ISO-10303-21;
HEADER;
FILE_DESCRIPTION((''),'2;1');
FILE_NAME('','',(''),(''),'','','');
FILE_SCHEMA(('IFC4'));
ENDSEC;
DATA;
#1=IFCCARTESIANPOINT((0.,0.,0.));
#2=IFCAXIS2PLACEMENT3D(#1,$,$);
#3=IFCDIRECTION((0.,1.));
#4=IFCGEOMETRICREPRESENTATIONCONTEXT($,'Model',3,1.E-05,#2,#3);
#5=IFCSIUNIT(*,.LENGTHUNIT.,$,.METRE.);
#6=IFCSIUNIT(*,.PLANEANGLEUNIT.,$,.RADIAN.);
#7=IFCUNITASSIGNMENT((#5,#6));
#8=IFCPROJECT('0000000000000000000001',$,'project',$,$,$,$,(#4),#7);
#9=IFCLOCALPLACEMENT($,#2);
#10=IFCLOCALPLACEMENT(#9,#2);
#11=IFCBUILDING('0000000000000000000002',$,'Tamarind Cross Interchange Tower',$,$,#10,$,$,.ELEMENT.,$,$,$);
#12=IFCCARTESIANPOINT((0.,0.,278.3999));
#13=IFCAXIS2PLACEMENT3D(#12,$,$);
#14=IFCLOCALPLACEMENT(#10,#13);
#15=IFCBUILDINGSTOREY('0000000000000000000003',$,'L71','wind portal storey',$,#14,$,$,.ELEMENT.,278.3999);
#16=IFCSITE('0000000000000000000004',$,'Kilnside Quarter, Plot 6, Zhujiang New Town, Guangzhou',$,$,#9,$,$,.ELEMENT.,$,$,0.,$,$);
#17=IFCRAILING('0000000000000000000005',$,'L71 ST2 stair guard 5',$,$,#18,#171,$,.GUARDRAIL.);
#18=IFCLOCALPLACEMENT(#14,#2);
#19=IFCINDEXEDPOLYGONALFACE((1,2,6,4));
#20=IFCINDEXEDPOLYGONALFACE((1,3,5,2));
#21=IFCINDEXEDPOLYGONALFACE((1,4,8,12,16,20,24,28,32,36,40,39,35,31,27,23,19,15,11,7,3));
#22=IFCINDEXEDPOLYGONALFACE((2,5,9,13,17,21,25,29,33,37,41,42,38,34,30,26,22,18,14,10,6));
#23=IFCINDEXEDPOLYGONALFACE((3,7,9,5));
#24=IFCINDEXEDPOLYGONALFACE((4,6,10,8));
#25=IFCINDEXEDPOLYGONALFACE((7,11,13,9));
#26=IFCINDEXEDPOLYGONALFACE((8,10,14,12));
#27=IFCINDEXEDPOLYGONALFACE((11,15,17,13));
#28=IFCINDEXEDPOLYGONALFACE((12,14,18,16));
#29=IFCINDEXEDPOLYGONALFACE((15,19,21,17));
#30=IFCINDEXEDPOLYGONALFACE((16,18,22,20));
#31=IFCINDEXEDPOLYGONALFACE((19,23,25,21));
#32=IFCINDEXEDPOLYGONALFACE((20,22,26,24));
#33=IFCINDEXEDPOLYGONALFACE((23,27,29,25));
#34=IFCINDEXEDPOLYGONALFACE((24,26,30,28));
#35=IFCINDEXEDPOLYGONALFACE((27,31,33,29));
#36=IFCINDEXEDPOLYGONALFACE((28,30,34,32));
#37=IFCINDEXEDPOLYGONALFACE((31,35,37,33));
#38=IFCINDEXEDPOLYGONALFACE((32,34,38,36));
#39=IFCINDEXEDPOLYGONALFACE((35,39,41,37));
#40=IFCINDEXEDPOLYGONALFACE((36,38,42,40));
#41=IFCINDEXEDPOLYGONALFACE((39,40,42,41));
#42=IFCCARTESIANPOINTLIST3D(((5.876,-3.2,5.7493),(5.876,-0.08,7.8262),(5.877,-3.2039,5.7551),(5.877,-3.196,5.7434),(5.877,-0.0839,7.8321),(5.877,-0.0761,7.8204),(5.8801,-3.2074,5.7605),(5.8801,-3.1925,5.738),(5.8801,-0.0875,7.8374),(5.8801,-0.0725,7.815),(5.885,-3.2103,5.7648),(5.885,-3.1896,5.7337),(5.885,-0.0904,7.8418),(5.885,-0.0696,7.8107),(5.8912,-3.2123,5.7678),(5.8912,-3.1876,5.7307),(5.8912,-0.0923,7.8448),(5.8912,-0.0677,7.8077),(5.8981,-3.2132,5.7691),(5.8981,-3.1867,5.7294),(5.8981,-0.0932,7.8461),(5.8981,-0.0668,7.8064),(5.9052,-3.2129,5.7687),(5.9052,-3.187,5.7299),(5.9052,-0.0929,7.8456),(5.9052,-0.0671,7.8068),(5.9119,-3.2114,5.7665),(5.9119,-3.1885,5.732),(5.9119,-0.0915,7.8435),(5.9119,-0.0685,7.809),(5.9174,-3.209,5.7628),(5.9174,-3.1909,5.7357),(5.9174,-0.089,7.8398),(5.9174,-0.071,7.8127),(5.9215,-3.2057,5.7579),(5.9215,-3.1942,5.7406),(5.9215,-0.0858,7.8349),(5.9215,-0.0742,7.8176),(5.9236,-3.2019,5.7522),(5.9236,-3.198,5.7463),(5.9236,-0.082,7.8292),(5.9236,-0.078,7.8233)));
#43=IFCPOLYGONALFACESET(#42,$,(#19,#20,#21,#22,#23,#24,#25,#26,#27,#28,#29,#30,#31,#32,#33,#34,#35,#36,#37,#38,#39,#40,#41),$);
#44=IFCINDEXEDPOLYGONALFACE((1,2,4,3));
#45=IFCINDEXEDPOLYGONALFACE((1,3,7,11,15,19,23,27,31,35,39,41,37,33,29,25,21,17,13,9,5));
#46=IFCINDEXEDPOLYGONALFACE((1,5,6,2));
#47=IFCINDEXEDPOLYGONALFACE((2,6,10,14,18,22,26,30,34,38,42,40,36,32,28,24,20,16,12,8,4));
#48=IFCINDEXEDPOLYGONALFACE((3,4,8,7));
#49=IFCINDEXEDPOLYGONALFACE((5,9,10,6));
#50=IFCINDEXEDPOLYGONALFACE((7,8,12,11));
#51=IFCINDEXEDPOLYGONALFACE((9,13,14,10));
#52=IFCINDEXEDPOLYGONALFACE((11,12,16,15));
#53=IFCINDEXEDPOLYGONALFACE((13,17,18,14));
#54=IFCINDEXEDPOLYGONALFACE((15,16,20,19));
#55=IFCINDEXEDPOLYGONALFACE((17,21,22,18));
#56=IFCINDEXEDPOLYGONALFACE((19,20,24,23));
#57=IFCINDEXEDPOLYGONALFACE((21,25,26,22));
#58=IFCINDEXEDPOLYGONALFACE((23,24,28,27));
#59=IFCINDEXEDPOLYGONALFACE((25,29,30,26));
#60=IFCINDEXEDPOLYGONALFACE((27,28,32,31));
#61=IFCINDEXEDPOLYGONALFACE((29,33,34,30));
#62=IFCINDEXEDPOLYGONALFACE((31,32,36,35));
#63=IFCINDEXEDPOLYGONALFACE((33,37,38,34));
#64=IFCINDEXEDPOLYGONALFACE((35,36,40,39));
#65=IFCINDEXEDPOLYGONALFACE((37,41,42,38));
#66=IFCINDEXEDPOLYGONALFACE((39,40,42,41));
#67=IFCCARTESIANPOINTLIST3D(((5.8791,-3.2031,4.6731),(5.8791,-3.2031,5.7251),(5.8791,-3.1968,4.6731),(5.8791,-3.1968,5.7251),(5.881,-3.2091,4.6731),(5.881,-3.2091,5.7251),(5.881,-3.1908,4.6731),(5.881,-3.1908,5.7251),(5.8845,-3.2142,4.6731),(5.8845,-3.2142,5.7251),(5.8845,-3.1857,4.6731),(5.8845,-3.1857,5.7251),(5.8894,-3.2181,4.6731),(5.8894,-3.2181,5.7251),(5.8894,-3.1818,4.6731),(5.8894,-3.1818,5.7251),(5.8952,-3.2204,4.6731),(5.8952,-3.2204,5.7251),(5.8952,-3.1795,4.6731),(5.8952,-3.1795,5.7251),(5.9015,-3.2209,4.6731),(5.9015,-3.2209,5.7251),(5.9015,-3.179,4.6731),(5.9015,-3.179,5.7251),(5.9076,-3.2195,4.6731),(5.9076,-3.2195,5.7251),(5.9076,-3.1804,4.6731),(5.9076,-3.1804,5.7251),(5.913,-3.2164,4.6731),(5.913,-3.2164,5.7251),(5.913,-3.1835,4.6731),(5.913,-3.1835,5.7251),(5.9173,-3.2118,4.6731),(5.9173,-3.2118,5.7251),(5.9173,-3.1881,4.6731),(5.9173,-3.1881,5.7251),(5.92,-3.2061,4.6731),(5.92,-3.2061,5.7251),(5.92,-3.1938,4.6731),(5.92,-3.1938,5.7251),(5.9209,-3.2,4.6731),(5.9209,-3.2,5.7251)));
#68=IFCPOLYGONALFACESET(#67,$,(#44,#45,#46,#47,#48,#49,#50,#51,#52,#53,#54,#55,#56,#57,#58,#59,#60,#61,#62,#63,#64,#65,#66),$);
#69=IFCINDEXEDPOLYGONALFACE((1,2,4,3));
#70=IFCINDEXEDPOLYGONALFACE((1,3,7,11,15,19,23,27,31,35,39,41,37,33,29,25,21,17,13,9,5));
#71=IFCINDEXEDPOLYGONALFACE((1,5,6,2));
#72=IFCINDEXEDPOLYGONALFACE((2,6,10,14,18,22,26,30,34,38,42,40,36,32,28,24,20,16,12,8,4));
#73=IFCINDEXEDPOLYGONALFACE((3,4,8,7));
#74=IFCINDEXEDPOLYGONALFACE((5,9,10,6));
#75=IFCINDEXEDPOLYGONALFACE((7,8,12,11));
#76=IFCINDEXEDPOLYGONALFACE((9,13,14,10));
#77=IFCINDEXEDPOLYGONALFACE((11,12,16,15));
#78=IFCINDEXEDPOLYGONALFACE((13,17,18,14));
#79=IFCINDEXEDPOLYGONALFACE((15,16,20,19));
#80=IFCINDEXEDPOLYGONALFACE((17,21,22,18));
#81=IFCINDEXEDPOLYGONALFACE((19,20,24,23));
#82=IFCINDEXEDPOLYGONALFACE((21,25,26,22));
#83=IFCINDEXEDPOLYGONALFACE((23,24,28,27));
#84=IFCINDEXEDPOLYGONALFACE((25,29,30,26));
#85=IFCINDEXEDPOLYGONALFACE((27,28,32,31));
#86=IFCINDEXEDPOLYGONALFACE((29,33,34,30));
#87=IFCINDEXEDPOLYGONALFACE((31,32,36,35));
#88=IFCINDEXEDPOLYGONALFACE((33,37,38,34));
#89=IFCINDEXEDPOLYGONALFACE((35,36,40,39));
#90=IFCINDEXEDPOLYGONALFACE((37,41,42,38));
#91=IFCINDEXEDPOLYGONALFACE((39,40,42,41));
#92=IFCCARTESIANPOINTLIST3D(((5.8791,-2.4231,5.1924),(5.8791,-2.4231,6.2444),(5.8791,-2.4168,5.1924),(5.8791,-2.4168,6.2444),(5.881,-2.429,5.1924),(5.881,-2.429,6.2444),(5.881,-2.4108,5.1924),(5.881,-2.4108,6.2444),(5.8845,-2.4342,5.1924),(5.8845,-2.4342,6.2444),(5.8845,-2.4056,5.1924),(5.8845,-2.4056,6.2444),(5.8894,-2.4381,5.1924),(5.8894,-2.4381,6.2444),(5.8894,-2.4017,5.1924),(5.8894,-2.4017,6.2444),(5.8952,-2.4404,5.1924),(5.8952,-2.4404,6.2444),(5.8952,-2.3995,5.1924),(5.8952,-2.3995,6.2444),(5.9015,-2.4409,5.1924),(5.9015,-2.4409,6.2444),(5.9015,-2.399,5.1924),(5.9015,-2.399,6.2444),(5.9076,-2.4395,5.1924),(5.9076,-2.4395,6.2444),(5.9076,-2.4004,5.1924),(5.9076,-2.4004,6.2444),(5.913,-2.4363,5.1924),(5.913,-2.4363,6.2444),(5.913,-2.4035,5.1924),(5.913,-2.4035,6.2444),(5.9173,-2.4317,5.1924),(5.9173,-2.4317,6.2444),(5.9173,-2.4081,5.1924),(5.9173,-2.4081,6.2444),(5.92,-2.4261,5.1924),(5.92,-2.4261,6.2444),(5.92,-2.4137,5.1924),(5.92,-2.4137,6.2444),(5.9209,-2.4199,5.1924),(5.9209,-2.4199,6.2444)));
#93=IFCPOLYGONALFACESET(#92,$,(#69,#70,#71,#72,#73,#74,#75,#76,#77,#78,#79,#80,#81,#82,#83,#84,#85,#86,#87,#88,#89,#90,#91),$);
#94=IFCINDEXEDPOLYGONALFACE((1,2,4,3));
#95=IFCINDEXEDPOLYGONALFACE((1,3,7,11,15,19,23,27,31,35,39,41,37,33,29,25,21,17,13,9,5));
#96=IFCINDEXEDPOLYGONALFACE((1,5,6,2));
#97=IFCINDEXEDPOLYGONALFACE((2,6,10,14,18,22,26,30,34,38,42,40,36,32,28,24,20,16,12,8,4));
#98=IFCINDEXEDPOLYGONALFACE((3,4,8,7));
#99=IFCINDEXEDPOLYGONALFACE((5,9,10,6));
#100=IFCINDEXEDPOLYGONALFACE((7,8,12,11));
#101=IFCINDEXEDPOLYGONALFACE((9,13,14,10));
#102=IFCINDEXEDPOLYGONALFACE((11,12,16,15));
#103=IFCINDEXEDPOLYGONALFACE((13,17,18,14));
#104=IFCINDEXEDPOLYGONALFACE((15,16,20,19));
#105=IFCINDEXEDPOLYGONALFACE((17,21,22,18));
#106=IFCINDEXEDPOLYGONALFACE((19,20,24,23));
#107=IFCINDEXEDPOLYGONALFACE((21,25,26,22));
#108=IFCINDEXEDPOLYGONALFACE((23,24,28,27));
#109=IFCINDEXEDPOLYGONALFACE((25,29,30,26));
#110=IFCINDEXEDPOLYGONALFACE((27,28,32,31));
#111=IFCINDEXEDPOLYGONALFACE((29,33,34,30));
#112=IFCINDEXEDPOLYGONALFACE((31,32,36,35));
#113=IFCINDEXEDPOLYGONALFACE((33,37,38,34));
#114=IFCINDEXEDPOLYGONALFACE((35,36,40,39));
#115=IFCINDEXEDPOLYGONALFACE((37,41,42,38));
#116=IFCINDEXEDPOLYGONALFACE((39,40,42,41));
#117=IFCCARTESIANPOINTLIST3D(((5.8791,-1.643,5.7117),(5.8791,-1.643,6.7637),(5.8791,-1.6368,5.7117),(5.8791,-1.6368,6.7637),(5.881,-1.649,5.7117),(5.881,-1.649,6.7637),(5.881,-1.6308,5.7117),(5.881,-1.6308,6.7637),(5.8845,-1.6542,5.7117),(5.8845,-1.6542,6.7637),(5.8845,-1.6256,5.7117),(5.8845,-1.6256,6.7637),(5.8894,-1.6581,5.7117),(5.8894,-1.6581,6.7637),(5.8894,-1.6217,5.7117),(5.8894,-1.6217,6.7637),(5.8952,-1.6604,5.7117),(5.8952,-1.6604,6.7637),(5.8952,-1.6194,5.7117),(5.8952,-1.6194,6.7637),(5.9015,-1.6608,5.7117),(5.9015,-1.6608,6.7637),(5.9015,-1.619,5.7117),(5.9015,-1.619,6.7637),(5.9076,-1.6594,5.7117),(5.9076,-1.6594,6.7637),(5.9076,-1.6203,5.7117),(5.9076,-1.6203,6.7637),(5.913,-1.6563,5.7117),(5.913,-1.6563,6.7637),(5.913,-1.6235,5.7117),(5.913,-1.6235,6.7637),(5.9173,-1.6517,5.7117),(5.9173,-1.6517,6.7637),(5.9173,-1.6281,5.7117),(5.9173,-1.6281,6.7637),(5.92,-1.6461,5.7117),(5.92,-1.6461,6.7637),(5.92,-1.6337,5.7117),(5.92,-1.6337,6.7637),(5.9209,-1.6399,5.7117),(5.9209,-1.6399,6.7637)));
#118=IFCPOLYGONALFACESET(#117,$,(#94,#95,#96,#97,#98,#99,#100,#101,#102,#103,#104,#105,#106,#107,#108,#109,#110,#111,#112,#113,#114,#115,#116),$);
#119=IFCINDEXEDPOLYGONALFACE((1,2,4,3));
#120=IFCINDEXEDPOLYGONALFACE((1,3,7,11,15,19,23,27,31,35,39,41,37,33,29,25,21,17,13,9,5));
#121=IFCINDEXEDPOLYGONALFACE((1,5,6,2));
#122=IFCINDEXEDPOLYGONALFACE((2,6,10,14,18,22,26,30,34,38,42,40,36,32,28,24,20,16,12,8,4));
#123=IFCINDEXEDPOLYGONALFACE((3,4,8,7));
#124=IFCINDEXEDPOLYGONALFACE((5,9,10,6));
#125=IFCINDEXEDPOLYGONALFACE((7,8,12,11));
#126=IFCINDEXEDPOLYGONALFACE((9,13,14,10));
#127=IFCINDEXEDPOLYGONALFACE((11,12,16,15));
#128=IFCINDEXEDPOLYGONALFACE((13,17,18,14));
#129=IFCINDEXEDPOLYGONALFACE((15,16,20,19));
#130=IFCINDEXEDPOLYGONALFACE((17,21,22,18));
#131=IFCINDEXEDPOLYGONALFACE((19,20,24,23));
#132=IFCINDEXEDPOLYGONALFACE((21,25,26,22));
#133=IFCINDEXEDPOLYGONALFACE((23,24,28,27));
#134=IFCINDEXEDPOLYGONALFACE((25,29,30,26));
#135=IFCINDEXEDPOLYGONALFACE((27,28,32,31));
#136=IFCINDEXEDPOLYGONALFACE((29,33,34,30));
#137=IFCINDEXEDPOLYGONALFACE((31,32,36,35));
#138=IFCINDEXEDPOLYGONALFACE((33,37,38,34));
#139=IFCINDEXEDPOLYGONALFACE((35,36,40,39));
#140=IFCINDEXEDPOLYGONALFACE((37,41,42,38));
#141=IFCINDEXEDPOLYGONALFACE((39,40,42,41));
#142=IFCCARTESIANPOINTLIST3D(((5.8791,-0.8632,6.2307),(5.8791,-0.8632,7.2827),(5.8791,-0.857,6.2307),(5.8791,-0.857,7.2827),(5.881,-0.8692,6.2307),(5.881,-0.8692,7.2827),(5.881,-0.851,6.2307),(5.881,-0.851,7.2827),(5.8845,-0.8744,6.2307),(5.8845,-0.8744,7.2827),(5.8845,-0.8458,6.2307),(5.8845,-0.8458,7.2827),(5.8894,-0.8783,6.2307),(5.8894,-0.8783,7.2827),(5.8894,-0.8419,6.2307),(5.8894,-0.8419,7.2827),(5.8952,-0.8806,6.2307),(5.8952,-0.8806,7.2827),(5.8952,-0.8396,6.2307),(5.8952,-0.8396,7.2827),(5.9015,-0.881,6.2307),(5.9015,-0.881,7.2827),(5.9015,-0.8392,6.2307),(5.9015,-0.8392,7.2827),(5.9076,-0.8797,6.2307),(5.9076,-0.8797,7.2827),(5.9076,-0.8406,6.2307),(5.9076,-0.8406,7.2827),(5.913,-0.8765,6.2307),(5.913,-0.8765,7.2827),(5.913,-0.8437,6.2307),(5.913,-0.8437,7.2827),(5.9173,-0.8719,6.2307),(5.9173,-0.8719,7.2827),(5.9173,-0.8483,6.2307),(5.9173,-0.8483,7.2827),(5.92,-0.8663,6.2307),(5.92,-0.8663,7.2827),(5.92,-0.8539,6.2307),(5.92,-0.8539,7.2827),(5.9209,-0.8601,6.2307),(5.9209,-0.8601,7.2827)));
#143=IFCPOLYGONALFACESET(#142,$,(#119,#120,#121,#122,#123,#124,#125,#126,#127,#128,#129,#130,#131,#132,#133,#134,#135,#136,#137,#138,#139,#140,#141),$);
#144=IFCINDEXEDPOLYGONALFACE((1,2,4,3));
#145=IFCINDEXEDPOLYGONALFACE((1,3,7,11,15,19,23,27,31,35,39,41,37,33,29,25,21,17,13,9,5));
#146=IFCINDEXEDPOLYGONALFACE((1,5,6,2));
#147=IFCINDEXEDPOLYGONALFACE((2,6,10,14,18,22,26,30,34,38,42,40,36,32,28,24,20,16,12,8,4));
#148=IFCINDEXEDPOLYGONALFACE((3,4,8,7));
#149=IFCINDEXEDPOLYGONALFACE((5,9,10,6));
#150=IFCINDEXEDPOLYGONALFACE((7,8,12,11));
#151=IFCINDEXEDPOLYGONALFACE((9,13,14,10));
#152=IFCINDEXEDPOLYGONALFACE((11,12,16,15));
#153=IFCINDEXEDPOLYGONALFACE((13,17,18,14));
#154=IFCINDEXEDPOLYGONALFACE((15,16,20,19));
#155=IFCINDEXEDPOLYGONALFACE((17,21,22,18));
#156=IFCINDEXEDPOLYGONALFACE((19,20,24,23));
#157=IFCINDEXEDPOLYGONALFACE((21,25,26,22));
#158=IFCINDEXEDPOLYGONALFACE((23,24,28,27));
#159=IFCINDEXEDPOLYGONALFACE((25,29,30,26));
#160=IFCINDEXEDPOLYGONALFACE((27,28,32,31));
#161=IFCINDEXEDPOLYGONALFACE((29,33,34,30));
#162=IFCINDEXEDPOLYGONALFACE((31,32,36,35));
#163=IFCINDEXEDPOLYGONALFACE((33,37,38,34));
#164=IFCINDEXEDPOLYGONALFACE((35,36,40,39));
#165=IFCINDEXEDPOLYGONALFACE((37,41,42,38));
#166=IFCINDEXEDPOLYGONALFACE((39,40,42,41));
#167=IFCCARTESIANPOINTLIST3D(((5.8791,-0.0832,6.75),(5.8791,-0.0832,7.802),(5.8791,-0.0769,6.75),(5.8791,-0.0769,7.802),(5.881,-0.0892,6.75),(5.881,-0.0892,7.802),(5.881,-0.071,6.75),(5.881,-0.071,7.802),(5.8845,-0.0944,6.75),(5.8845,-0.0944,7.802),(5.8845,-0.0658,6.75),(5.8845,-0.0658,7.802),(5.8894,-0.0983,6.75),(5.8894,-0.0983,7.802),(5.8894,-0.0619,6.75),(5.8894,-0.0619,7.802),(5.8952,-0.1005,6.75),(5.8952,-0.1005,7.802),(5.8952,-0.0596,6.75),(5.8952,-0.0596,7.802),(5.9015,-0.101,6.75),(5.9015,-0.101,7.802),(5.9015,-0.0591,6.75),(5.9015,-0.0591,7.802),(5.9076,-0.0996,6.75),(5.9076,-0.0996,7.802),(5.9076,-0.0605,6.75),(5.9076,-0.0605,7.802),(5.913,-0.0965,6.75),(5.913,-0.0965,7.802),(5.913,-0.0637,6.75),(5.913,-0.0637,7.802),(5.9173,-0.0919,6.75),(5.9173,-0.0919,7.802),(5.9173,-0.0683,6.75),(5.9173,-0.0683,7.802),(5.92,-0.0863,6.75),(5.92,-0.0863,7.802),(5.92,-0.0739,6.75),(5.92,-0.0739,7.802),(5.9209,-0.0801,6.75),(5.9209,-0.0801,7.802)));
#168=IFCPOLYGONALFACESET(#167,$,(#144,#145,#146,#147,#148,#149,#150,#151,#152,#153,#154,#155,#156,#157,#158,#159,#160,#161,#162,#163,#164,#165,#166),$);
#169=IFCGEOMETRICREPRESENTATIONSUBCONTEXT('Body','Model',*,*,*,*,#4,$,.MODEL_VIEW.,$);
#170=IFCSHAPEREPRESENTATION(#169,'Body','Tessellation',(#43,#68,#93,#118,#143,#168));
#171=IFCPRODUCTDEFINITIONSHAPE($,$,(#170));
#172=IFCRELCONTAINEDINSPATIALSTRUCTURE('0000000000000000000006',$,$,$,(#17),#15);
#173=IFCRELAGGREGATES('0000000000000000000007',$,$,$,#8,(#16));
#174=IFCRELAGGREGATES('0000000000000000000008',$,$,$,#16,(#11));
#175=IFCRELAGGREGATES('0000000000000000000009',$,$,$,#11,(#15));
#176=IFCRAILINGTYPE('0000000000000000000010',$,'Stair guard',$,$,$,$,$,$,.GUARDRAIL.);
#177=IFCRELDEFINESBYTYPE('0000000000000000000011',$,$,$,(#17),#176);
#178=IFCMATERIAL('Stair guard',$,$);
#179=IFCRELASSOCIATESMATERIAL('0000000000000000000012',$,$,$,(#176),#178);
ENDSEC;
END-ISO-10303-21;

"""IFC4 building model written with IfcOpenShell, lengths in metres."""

from ifc_helpers import new_model, si_unit, direction, frame, origin, origin_2d, place, context, subcontext, project, spatial, circle, extrude, material, type_object, element, save


model = new_model("IFC4")

# Units and contexts
model_context = context("Model", 3, precision=1e-05, world=origin(), true_north=direction((0.0, 1.0)))
body_context = subcontext(model_context, "Body", "Model", "MODEL_VIEW")
ifc_project = project(units=[si_unit("LENGTHUNIT", "METRE"), si_unit("PLANEANGLEUNIT", "RADIAN")], contexts=[model_context])

# Site, building, storey
site_placement = place(None, origin())
site = spatial("IfcSite", under=ifc_project, at=site_placement, Name="Kilnside Quarter, Plot 6, Zhujiang New Town, Guangzhou", CompositionType="ELEMENT", RefElevation=0.0)
building_placement = place(site_placement, origin())
building = spatial("IfcBuilding", under=site, at=building_placement, Name="Tamarind Cross Interchange Tower", CompositionType="ELEMENT")
storey_placement = place(building_placement, frame((0.0, 0.0, 278.3999)))
storey = spatial("IfcBuildingStorey", under=building, at=storey_placement, Name="L71", Description="wind portal storey", CompositionType="ELEMENT", Elevation=278.3999)

# Railing
ifc_material_1 = material(Name="Stair guard")
railing_type_1 = type_object("IfcRailingType", Name="Stair guard", PredefinedType="GUARDRAIL", material=ifc_material_1)
railing_1_placement = place(storey_placement, frame((5.8999, -3.2, 4.6731)))
element("IfcRailing", 1, at=railing_1_placement, inside=storey, type_object=railing_type_1, Name="L71 ST2 stair guard 5", PredefinedType="GUARDRAIL", context=body_context, shape_type="SweptSolid", body=[
    extrude(circle(Radius=0.0239, at=origin_2d()), frame((0.0, 0.0, 1.0762), z_axis=(0.0, 0.832421, 0.554144), x_axis=(-1.0, 0.0, 0.0)), (0.0, 0.0, 1.0), 3.748),
    extrude(circle(Radius=0.021, at=origin_2d()), origin(), (0.0, 0.0, 1.0), 1.052),
    extrude(circle(Radius=0.021, at=origin_2d()), frame((0.0, 0.78, 0.5193)), (0.0, 0.0, 1.0), 1.052),
    extrude(circle(Radius=0.021, at=origin_2d()), frame((0.0, 1.5601, 1.0386)), (0.0, 0.0, 1.0), 1.052),
    extrude(circle(Radius=0.021, at=origin_2d()), frame((0.0, 2.3398, 1.5576)), (0.0, 0.0, 1.0), 1.052),
    extrude(circle(Radius=0.021, at=origin_2d()), frame((0.0, 3.1199, 2.0769)), (0.0, 0.0, 1.0), 1.052),
])

save(model, "model.ifc")
